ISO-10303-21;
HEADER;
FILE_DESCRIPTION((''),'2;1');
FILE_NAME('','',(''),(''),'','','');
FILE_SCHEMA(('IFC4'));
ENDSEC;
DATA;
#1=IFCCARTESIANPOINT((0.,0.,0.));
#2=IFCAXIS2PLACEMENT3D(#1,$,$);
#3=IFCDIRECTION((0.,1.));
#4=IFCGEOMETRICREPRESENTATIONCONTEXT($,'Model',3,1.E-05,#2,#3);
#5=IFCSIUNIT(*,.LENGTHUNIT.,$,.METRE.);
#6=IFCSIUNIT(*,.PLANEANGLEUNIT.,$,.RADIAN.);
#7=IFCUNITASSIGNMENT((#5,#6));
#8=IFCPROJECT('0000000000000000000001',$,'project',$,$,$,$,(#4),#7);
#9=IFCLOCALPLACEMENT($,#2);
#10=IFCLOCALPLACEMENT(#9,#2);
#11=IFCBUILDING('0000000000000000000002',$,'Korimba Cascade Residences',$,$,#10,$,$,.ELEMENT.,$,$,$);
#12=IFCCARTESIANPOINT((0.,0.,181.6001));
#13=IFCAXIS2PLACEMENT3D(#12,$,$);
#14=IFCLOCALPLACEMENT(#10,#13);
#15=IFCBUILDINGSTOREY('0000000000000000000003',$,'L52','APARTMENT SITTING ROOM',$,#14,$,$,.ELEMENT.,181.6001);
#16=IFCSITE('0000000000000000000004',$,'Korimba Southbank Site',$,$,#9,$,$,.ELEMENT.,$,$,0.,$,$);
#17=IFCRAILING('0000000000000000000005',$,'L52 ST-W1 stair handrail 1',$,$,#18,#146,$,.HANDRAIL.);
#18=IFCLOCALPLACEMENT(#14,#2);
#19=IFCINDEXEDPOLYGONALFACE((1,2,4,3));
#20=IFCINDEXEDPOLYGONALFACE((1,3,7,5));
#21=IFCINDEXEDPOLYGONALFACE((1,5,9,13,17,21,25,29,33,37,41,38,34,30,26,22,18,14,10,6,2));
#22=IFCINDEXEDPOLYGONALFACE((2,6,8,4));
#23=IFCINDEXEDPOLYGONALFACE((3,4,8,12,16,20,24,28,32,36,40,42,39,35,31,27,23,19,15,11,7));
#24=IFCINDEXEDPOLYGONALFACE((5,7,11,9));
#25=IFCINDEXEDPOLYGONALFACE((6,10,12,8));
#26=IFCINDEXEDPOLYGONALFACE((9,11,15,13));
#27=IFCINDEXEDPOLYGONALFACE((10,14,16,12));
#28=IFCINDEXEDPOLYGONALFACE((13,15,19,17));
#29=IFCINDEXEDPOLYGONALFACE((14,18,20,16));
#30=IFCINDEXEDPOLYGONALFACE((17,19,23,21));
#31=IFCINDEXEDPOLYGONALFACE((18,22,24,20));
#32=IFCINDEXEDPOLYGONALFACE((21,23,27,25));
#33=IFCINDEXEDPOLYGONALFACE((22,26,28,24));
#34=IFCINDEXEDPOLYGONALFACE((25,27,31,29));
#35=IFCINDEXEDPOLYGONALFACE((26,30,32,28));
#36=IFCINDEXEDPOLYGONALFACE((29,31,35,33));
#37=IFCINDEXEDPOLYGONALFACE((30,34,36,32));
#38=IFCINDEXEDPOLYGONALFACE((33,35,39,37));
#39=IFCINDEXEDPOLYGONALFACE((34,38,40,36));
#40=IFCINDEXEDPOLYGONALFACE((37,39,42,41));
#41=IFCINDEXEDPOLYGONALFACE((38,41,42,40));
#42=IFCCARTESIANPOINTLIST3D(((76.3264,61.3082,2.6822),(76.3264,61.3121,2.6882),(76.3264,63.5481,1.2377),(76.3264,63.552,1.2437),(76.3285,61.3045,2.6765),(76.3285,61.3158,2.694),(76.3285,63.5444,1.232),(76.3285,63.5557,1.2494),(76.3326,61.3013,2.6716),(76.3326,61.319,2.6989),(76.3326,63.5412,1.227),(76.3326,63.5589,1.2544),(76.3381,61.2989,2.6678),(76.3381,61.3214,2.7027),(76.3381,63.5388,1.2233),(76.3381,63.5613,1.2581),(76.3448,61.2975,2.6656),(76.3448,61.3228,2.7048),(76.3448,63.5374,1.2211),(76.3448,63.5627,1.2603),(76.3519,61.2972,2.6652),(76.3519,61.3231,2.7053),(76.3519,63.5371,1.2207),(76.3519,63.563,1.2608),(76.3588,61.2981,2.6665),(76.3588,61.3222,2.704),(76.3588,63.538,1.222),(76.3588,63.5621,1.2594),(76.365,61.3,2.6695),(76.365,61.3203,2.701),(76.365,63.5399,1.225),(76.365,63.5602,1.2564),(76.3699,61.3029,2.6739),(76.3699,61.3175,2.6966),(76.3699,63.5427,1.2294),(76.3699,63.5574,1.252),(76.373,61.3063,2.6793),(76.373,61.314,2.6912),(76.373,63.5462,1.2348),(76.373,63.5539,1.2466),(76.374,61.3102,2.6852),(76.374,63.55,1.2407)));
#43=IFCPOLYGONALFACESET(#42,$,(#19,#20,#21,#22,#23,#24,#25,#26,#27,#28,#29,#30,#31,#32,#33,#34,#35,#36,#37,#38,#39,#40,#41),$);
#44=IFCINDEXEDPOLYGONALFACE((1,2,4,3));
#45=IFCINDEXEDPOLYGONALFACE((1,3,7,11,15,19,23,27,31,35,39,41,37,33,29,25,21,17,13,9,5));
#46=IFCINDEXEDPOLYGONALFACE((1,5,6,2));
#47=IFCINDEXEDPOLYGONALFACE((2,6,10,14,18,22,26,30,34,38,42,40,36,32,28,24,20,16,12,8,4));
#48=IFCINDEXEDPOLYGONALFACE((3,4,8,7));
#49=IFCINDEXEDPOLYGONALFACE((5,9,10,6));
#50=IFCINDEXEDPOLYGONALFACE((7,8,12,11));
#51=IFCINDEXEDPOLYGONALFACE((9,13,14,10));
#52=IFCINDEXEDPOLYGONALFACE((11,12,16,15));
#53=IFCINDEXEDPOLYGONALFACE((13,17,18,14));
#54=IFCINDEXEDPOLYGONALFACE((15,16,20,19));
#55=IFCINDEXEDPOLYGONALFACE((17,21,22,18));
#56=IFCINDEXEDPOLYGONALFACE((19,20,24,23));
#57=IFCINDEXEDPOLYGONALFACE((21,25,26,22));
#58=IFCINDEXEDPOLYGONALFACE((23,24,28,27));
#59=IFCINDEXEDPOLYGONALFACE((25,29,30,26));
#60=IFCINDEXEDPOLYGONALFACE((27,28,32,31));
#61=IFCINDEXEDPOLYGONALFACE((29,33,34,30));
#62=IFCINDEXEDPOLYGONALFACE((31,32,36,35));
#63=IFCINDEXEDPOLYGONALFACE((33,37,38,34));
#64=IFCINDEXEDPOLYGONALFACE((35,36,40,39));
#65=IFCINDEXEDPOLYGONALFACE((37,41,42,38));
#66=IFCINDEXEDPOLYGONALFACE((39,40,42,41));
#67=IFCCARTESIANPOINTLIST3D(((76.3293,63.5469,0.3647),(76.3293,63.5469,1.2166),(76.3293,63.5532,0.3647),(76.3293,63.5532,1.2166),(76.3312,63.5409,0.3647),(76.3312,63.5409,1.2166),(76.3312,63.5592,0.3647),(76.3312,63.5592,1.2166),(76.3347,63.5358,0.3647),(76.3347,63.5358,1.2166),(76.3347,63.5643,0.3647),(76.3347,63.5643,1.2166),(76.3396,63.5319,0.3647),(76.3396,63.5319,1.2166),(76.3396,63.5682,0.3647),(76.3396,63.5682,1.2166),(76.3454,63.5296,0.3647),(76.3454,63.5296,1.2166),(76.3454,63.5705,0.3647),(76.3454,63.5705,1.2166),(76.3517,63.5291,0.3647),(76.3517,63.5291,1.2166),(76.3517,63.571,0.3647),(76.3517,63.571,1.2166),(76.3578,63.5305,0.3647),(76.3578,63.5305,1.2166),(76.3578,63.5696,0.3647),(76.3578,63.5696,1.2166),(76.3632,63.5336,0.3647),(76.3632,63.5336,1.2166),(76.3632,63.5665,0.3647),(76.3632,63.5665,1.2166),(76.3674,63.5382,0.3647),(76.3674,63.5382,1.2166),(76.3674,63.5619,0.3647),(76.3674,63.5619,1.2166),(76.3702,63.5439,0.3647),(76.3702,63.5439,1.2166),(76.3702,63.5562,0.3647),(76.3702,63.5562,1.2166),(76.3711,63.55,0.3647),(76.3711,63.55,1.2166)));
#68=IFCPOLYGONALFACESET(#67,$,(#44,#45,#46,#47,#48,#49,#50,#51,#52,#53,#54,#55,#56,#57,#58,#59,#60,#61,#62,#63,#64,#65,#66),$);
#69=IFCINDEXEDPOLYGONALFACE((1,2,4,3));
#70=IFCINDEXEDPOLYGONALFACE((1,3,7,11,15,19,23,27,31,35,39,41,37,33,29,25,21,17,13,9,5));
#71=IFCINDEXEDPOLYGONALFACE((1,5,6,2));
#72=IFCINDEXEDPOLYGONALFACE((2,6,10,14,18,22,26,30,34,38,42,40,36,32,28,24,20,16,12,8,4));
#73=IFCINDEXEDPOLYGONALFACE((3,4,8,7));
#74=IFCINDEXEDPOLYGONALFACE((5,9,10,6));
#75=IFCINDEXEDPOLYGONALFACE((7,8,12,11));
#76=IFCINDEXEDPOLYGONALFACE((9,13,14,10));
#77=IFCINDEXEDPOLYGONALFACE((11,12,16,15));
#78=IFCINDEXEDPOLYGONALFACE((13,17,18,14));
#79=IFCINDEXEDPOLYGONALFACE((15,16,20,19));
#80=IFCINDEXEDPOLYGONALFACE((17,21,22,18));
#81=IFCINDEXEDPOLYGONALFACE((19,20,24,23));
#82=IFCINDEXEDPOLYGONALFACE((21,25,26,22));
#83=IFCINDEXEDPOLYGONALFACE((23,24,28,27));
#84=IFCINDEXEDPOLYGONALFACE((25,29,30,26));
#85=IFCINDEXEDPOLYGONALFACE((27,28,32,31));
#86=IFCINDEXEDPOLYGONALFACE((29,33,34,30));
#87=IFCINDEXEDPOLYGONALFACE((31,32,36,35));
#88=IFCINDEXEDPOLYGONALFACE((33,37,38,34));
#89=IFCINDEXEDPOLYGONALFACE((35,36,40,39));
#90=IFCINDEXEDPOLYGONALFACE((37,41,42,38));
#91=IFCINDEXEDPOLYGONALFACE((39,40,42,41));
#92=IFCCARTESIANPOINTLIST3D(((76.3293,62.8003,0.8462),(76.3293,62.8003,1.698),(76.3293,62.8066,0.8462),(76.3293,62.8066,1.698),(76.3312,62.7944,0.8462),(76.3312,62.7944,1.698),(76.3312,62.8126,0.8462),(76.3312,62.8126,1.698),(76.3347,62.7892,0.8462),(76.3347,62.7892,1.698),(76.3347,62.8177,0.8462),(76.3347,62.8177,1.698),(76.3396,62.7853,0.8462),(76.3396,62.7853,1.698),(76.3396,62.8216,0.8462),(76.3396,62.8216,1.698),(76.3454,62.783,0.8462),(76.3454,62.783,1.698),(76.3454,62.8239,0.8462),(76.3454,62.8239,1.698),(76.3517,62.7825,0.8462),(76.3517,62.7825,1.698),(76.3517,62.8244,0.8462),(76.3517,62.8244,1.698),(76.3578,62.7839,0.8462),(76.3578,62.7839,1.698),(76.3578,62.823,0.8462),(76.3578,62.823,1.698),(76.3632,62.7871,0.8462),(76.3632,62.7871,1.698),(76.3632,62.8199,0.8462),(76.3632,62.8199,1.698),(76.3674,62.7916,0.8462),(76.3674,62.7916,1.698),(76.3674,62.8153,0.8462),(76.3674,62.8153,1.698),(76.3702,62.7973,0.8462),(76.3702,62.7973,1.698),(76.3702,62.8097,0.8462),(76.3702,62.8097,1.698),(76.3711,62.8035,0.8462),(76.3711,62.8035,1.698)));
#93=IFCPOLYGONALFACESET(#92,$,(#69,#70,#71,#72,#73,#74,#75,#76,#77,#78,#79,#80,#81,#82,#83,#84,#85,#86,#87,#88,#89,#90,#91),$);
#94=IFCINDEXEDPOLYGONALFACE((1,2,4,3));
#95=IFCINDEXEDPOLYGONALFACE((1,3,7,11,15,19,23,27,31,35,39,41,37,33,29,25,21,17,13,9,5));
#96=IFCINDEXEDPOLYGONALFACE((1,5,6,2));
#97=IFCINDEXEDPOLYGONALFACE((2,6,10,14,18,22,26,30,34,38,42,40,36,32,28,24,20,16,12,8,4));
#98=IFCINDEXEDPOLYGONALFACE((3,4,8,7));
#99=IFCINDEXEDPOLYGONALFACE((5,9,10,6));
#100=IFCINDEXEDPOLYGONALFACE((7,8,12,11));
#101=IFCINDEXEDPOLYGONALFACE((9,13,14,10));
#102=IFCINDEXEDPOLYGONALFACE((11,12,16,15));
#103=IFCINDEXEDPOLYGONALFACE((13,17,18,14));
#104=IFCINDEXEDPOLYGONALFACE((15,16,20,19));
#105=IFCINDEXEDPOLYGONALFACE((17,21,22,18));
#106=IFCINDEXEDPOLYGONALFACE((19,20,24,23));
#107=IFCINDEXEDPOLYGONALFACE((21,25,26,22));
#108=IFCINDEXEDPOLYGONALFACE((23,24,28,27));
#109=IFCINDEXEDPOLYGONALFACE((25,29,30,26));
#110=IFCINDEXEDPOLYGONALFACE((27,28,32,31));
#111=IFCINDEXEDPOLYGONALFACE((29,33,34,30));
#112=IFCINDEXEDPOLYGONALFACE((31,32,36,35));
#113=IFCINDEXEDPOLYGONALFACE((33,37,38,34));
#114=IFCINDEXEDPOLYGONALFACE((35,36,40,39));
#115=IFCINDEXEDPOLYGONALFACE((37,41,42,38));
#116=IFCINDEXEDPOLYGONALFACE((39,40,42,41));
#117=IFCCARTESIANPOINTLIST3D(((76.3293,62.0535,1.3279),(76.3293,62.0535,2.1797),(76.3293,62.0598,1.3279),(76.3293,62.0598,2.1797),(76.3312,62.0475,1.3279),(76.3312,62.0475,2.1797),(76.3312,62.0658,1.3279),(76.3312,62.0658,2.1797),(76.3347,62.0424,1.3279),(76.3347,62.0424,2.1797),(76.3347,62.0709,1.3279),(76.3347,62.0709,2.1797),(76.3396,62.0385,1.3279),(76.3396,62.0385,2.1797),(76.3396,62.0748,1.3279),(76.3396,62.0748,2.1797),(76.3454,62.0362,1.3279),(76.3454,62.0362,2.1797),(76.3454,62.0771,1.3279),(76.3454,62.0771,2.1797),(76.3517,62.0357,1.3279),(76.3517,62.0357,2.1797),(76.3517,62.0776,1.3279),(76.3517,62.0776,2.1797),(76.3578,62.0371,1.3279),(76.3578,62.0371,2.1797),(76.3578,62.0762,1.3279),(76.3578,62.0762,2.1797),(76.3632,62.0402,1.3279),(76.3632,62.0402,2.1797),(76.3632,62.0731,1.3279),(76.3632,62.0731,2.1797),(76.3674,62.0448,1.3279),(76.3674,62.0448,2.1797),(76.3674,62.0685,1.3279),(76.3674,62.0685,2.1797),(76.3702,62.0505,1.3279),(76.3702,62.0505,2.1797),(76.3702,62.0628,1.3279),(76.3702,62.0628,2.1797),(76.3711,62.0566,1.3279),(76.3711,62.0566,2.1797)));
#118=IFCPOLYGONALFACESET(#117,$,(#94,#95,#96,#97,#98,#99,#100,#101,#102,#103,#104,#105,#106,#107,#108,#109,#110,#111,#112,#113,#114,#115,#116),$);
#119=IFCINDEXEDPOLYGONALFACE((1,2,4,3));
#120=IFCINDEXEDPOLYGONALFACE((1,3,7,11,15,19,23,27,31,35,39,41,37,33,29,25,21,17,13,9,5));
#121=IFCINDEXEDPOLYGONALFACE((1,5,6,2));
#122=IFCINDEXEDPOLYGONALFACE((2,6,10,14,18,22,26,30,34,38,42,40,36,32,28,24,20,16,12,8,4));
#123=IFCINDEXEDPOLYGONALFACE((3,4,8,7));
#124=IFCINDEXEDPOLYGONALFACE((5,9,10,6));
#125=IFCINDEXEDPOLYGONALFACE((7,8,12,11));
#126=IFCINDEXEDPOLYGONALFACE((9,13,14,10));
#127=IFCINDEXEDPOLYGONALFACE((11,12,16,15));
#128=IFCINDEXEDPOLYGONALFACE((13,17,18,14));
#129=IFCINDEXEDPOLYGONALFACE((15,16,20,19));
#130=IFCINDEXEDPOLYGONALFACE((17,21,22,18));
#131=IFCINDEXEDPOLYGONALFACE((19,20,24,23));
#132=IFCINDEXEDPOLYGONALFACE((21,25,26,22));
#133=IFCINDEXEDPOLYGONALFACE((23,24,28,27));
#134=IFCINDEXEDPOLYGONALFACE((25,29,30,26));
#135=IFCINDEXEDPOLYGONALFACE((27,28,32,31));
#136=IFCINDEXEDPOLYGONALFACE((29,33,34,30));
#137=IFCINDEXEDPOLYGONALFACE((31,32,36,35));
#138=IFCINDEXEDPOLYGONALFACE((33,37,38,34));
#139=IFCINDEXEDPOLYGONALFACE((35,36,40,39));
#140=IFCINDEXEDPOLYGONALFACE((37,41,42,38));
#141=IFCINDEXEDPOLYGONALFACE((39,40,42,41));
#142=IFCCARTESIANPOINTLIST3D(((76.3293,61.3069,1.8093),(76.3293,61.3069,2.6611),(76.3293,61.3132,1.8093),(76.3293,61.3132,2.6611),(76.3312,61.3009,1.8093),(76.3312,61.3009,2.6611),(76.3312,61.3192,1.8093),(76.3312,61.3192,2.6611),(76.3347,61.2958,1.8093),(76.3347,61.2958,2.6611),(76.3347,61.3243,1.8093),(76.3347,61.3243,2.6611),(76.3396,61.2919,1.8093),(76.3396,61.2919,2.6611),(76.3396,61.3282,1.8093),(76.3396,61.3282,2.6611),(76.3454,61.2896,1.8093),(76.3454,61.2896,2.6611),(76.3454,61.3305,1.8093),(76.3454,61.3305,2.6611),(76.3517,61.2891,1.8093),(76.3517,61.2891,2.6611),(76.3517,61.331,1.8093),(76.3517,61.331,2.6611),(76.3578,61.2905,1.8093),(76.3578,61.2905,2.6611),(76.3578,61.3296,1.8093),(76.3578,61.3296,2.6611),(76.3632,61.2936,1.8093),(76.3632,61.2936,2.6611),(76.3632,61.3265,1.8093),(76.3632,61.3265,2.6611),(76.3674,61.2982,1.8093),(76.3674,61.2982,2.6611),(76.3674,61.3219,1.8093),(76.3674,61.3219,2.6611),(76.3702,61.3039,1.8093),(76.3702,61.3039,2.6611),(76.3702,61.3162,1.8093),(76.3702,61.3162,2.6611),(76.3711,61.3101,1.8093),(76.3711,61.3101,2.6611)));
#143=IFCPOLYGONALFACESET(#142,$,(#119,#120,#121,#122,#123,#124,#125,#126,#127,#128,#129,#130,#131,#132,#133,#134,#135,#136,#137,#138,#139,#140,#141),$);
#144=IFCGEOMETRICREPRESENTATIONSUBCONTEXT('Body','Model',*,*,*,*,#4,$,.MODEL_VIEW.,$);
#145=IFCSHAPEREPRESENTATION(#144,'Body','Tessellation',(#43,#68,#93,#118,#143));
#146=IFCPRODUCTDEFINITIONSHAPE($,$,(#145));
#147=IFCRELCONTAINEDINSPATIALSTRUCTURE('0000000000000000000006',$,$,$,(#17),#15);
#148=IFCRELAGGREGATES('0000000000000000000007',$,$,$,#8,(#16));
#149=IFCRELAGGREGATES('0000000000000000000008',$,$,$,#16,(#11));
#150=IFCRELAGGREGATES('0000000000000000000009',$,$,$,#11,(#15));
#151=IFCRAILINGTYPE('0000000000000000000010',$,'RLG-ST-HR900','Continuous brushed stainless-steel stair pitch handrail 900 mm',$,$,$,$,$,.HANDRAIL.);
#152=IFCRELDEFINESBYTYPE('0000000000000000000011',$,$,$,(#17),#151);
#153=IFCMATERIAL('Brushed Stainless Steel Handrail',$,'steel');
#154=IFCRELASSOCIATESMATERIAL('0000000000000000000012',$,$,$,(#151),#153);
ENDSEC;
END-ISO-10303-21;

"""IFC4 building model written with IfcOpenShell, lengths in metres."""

from ifc_helpers import new_model, si_unit, direction, frame, origin, origin_2d, place, context, subcontext, project, spatial, circle, extrude, material, type_object, element, save


model = new_model("IFC4")

# Units and contexts
model_context = context("Model", 3, precision=1e-05, world=origin(), true_north=direction((0.0, 1.0)))
body_context = subcontext(model_context, "Body", "Model", "MODEL_VIEW")
ifc_project = project(units=[si_unit("LENGTHUNIT", "METRE"), si_unit("PLANEANGLEUNIT", "RADIAN")], contexts=[model_context])

# Site, building, storey
site_placement = place(None, origin())
site = spatial("IfcSite", under=ifc_project, at=site_placement, Name="Korimba Southbank Site", CompositionType="ELEMENT", RefElevation=0.0)
building_placement = place(site_placement, origin())
building = spatial("IfcBuilding", under=site, at=building_placement, Name="Korimba Cascade Residences", CompositionType="ELEMENT")
storey_placement = place(building_placement, frame((0.0, 0.0, 181.6001)))
storey = spatial("IfcBuildingStorey", under=building, at=storey_placement, Name="L52", Description="APARTMENT SITTING ROOM", CompositionType="ELEMENT", Elevation=181.6001)

# Railing
ifc_material_1 = material(Name="Brushed Stainless Steel Handrail", Category="steel")
railing_type_1 = type_object("IfcRailingType", Name="RLG-ST-HR900", Description="Continuous brushed stainless-steel stair pitch handrail 900 mm", PredefinedType="HANDRAIL", material=ifc_material_1)
railing_1_placement = place(storey_placement, frame((76.3501, 63.55, 0.3647)))
element("IfcRailing", 1, at=railing_1_placement, inside=storey, type_object=railing_type_1, Name="L52 ST-W1 stair handrail 1", PredefinedType="HANDRAIL", context=body_context, shape_type="SweptSolid", body=[
    extrude(circle(Radius=0.0239, at=origin_2d()), frame((0.0, 0.0, 0.876), z_axis=(0.0, -0.840395, 0.541975), x_axis=(1.0, 0.0, 0.0)), (0.0, 0.0, 1.0), 2.6653),
    extrude(circle(Radius=0.021, at=origin_2d()), origin(), (0.0, 0.0, 1.0), 0.8518),
    extrude(circle(Radius=0.021, at=origin_2d()), frame((0.0, -0.7466, 0.4814)), (0.0, 0.0, 1.0), 0.8518),
    extrude(circle(Radius=0.021, at=origin_2d()), frame((0.0, -1.4934, 0.9631)), (0.0, 0.0, 1.0), 0.8518),
    extrude(circle(Radius=0.021, at=origin_2d()), frame((0.0, -2.24, 1.4446)), (0.0, 0.0, 1.0), 0.8518),
])

save(model, "model.ifc")
